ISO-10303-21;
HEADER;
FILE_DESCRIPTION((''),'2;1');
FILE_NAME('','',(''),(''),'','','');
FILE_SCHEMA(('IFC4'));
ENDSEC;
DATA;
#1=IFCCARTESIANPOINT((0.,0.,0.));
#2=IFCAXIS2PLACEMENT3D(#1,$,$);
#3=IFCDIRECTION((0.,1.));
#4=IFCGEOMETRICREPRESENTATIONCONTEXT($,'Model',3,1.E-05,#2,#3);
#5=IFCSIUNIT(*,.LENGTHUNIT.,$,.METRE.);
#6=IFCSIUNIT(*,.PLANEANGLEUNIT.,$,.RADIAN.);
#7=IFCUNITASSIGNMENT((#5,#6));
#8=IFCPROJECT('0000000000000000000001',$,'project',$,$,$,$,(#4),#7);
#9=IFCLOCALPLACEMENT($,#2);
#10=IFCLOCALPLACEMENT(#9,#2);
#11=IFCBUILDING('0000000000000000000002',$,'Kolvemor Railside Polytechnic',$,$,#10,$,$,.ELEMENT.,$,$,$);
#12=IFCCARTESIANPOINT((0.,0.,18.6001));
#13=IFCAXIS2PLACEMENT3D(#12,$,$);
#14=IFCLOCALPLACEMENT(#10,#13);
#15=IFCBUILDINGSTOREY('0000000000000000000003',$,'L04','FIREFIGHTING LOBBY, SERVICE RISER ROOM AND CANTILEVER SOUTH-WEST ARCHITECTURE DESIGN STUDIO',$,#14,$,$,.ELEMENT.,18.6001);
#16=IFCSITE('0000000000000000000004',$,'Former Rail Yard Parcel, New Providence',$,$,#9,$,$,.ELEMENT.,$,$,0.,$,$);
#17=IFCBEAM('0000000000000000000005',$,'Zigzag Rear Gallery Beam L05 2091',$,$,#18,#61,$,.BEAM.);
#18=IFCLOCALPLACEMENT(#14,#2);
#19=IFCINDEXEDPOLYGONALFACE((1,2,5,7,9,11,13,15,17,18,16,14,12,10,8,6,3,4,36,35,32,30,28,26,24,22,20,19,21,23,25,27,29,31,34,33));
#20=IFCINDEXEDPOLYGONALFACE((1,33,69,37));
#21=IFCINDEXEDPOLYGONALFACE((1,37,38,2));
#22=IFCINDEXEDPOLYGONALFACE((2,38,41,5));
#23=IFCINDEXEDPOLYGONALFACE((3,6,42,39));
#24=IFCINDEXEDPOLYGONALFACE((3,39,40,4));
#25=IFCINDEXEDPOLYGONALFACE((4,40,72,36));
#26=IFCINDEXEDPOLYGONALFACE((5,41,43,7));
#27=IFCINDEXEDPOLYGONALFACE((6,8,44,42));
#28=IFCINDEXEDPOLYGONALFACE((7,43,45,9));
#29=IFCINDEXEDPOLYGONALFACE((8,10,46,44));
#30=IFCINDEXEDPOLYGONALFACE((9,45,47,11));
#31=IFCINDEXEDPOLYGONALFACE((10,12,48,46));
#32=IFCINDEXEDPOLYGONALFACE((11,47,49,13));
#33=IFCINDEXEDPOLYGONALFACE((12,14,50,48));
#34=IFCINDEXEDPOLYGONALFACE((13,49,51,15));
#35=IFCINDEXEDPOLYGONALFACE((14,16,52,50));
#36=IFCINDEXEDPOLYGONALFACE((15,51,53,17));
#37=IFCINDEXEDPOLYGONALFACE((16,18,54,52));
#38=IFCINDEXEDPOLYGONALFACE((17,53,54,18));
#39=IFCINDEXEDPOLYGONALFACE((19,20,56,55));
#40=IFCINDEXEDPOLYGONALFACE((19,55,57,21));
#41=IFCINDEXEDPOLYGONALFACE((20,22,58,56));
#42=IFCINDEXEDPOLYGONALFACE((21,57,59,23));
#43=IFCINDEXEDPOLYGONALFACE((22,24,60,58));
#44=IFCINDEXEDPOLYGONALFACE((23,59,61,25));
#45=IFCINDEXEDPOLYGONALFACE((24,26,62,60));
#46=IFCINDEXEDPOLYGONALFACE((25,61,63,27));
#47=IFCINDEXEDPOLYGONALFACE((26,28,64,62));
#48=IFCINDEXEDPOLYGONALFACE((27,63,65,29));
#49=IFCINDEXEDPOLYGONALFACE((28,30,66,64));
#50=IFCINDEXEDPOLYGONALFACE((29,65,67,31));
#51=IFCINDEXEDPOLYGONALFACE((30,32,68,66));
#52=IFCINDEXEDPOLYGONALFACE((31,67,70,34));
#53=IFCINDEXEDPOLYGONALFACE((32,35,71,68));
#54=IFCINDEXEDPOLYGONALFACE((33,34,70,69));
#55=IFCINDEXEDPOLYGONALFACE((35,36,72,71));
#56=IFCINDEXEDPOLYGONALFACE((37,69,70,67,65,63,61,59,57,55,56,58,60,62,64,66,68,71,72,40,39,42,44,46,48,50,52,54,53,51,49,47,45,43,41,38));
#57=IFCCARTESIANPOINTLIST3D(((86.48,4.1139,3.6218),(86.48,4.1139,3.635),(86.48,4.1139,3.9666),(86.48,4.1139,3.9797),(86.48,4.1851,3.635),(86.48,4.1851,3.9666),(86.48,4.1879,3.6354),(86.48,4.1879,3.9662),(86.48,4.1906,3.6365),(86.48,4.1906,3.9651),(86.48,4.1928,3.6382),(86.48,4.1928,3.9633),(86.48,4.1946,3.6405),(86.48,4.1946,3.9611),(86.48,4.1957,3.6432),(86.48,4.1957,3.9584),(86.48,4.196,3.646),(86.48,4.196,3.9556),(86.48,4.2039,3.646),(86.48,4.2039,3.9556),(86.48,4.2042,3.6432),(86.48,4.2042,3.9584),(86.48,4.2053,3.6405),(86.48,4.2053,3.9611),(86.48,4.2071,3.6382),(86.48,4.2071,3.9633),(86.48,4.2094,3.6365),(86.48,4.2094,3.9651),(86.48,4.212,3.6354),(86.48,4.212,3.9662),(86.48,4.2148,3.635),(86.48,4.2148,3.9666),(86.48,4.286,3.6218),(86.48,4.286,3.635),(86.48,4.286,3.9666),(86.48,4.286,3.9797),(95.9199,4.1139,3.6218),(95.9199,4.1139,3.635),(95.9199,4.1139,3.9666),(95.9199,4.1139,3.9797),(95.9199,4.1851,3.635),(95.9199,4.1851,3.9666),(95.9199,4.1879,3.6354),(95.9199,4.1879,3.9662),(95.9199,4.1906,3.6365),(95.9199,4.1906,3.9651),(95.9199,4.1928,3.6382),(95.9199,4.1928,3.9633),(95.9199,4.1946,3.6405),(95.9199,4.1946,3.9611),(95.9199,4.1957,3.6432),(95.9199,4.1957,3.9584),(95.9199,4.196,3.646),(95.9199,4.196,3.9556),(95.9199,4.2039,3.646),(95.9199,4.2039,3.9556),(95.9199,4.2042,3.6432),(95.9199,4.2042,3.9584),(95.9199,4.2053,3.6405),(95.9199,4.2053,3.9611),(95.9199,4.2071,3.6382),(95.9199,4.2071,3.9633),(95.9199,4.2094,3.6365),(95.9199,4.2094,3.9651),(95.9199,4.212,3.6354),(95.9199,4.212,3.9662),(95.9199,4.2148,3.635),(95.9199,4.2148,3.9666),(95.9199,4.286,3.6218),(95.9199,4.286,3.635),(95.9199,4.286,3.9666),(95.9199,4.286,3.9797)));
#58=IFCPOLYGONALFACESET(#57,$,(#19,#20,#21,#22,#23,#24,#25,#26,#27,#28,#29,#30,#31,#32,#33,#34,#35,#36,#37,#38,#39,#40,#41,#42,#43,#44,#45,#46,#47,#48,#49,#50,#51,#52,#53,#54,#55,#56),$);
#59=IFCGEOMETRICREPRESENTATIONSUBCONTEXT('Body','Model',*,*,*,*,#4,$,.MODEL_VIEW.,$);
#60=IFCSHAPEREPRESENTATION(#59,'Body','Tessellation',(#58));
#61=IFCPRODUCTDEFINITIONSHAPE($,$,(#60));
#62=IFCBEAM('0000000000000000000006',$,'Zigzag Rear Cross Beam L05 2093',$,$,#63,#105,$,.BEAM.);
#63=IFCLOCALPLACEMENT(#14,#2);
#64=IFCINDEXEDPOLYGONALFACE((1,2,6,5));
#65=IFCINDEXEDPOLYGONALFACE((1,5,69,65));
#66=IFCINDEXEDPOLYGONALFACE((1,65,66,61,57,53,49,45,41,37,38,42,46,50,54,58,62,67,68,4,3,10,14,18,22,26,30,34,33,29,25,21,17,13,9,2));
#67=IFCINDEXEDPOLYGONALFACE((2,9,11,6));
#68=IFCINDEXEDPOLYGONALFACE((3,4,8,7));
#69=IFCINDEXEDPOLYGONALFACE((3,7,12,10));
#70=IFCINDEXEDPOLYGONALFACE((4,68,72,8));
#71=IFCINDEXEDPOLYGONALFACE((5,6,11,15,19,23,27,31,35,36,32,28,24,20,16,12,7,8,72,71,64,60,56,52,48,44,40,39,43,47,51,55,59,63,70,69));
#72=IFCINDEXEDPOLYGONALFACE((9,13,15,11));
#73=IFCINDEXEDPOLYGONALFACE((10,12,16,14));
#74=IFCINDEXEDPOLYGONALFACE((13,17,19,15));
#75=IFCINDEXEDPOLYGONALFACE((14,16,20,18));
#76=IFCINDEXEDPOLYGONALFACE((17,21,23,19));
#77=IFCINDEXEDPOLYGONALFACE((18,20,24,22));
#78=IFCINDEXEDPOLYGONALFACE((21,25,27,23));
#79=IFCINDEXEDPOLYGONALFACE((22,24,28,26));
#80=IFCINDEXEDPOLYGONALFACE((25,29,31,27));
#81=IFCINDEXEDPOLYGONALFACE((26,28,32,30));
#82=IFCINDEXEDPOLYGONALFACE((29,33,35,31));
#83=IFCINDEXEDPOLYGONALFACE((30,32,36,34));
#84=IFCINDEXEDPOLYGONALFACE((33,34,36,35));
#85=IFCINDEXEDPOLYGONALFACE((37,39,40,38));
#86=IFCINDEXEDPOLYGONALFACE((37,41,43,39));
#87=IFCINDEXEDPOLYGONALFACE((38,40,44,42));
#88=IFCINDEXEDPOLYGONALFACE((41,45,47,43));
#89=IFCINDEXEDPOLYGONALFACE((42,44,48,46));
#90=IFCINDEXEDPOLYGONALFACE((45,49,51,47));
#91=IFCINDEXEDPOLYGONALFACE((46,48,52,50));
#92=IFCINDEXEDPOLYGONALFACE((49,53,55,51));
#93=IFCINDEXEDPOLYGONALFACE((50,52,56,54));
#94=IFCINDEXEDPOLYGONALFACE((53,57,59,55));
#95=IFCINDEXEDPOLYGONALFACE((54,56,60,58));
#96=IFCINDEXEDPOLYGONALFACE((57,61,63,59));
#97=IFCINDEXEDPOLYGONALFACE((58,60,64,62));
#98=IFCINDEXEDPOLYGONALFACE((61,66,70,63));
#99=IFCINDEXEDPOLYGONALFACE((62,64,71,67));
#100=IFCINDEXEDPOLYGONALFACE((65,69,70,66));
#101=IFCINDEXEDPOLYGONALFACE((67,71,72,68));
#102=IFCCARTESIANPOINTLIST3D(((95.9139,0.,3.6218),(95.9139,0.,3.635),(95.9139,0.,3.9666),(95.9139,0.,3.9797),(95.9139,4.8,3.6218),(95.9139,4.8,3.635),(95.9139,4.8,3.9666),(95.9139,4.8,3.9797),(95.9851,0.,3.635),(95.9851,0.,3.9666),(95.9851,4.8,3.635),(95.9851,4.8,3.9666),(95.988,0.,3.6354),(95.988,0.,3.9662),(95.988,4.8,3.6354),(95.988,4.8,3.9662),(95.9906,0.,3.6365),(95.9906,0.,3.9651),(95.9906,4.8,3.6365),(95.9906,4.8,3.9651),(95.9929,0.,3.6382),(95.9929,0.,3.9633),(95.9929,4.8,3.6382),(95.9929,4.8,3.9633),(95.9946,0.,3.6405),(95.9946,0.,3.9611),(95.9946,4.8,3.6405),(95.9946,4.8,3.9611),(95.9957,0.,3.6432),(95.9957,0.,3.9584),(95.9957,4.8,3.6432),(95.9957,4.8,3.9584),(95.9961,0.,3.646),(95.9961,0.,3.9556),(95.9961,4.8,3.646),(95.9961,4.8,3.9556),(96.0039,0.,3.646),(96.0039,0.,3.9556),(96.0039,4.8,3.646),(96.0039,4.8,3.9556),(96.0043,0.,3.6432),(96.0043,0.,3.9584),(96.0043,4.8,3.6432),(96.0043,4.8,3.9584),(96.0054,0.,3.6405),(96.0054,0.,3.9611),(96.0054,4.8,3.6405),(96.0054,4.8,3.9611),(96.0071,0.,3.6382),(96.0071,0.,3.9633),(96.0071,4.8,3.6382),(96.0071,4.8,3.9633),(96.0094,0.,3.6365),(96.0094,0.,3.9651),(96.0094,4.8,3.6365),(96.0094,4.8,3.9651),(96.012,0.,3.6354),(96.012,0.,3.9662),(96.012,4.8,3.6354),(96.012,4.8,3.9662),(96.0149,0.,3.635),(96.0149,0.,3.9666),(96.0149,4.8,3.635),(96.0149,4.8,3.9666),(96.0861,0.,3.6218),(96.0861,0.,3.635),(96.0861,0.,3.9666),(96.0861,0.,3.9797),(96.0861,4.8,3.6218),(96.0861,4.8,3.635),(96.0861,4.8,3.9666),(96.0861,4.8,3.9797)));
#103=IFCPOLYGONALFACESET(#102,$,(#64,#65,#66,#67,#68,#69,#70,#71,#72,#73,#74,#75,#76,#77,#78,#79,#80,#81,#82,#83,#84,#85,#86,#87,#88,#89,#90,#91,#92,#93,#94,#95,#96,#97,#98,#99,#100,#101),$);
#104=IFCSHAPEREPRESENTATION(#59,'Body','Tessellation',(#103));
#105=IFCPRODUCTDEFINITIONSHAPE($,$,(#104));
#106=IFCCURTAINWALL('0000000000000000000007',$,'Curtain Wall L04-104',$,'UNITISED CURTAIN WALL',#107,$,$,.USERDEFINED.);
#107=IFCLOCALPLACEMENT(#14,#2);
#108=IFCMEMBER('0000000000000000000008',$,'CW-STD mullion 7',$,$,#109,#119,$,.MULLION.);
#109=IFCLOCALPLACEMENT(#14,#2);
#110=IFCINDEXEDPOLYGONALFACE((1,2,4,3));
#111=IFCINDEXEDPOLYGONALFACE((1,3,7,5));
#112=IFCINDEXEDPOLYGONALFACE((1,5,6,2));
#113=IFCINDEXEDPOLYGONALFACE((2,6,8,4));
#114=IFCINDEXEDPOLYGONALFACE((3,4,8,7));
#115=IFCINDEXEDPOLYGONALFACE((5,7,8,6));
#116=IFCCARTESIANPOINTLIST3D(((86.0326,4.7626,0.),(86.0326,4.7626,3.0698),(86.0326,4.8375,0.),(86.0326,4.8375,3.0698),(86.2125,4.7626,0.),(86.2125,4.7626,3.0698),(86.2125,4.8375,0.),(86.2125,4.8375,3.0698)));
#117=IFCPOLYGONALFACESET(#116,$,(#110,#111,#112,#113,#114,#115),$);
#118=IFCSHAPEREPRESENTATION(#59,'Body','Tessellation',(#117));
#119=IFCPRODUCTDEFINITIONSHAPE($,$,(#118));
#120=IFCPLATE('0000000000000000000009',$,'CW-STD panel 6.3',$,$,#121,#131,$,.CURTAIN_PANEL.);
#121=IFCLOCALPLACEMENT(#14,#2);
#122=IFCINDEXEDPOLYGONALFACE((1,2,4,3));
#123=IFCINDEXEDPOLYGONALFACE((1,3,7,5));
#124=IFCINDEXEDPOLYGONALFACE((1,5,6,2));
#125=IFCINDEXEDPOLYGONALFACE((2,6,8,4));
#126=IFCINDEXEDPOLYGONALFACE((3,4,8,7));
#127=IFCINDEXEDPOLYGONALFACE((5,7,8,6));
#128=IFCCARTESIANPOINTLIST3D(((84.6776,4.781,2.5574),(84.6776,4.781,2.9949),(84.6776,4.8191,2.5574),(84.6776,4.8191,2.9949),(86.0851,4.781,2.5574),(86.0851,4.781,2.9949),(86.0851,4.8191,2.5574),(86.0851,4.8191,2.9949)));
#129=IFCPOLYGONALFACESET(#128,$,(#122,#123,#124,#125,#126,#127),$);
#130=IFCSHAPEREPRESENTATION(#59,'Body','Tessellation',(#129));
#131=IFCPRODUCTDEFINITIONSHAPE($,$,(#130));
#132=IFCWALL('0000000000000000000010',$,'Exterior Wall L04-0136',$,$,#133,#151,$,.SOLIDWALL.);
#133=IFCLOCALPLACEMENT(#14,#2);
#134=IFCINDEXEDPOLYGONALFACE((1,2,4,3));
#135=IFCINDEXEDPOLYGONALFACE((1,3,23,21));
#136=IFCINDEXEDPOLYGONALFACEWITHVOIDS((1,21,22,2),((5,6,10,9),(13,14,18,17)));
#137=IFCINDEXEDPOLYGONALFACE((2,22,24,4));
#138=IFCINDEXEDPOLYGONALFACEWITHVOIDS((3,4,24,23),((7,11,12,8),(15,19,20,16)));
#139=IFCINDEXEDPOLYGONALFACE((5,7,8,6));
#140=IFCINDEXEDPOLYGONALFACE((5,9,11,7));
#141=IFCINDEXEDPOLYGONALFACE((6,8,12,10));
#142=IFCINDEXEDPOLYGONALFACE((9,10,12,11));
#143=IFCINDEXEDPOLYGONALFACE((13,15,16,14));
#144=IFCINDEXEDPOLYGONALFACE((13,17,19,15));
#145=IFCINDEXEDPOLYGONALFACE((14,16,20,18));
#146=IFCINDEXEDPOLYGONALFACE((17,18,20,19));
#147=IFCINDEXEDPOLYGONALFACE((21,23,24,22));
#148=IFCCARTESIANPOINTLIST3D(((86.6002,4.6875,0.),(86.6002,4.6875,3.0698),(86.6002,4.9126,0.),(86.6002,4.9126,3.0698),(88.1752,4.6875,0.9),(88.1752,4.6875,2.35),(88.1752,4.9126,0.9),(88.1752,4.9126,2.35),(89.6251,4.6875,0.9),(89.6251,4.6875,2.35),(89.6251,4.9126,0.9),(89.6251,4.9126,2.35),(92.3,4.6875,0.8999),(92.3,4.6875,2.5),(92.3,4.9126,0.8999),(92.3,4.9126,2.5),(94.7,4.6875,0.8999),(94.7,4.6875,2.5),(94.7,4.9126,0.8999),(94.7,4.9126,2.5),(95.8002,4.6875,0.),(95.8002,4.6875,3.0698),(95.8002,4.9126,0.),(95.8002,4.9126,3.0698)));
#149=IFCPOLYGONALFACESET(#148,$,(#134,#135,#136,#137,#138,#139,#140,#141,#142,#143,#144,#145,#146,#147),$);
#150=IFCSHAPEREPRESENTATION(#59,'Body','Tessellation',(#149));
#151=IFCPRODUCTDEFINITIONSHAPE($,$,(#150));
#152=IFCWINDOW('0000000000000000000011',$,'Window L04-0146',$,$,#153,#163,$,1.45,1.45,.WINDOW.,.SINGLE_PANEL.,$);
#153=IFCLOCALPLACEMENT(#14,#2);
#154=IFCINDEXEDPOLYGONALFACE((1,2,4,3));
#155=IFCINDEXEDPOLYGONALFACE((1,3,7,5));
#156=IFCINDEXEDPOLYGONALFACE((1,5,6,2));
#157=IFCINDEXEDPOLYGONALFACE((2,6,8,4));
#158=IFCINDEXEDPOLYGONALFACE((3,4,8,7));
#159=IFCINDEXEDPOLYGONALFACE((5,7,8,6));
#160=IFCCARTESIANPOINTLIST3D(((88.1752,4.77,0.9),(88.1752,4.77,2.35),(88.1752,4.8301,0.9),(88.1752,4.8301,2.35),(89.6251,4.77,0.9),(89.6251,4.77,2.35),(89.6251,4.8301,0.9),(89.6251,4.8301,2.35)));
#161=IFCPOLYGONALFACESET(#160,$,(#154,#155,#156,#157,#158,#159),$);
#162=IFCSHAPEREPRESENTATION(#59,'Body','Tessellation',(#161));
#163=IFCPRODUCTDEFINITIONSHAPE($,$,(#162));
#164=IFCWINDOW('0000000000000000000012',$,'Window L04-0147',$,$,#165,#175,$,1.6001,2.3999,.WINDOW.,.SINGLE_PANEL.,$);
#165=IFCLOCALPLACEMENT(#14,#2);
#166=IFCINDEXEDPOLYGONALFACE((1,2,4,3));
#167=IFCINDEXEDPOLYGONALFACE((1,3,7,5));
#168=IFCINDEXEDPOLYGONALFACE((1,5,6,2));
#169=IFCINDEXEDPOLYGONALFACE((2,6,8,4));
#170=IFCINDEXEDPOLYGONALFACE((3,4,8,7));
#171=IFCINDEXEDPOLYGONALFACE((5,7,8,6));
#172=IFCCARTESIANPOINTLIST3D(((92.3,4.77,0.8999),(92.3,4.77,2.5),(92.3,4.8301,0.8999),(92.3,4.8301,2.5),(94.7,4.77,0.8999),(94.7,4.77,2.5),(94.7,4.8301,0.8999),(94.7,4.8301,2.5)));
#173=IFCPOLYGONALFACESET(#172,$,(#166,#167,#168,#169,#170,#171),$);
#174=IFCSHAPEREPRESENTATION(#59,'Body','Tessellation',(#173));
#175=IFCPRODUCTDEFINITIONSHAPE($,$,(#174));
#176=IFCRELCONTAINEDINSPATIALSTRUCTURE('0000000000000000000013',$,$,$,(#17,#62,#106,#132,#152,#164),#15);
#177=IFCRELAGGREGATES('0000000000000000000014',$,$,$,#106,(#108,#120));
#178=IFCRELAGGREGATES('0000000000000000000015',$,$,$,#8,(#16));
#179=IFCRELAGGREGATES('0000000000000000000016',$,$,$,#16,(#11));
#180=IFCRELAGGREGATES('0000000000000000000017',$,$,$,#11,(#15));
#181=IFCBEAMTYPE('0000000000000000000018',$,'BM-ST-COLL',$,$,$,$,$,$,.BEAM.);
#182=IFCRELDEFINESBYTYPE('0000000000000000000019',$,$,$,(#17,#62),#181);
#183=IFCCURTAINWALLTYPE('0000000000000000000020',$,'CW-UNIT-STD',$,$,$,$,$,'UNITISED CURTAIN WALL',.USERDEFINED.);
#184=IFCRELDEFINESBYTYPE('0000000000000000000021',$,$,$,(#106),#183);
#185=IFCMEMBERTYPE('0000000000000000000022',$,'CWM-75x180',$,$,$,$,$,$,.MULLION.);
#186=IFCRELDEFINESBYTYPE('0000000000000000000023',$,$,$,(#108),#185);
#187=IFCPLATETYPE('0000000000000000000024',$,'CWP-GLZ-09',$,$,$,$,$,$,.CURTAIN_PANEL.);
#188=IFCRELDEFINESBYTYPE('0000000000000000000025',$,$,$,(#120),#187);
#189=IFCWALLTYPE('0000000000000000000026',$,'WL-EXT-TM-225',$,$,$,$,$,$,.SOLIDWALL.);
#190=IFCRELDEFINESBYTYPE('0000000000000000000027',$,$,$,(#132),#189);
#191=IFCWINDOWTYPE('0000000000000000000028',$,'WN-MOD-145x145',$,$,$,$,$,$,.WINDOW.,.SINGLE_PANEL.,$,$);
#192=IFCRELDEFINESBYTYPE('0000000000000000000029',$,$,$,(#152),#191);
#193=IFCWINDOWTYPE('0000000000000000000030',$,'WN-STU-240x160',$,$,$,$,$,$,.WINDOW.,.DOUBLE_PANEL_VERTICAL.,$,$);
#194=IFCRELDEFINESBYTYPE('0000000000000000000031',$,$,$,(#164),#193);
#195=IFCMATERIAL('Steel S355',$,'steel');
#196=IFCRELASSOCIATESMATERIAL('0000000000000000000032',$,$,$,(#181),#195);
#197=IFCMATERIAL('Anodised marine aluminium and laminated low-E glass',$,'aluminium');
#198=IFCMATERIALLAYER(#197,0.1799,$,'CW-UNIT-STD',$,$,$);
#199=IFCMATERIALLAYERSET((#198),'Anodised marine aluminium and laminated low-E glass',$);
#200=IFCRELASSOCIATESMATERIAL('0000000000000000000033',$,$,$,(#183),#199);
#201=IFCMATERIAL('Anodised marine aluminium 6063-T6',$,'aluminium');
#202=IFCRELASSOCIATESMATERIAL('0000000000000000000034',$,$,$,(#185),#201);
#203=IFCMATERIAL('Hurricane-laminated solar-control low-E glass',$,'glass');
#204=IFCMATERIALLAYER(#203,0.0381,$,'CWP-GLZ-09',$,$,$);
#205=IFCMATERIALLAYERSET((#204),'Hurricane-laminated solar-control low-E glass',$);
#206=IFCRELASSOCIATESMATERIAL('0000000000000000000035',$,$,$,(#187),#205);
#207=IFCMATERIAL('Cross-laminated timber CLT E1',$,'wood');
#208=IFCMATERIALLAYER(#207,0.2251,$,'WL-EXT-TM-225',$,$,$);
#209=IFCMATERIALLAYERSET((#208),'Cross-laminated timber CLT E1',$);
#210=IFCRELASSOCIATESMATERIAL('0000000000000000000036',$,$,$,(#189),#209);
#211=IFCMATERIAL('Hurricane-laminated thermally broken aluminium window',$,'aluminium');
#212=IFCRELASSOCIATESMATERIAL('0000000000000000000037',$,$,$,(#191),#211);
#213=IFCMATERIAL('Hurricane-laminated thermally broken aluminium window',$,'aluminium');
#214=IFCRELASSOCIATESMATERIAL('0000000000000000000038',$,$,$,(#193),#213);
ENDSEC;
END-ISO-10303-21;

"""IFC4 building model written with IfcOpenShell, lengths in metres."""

from ifc_helpers import new_model, si_unit, direction, frame, frame_2d, origin, origin_2d, place, context, subcontext, project, spatial, rectangle, i_section, extrude, material, layer, layer_set, material_profile, profile_set, type_object, element, fill, aggregate, save


model = new_model("IFC4")

# Units and contexts
model_context = context("Model", 3, precision=1e-05, world=origin(), true_north=direction((0.0, 1.0)))
body_context = subcontext(model_context, "Body", "Model", "MODEL_VIEW")
ifc_project = project(units=[si_unit("LENGTHUNIT", "METRE"), si_unit("PLANEANGLEUNIT", "RADIAN")], contexts=[model_context])

# Site, building, storey
site_placement = place(None, origin())
site = spatial("IfcSite", under=ifc_project, at=site_placement, Name="Former Rail Yard Parcel, New Providence", CompositionType="ELEMENT", RefElevation=0.0)
building_placement = place(site_placement, origin())
building = spatial("IfcBuilding", under=site, at=building_placement, Name="Kolvemor Railside Polytechnic", CompositionType="ELEMENT")
storey_placement = place(building_placement, frame((0.0, 0.0, 18.6001)))
storey = spatial("IfcBuildingStorey", under=building, at=storey_placement, Name="L04", Description="FIREFIGHTING LOBBY, SERVICE RISER ROOM AND CANTILEVER SOUTH-WEST ARCHITECTURE DESIGN STUDIO", CompositionType="ELEMENT", Elevation=18.6001)

# Beams
ifc_material_1 = material(Name="Steel S355", Category="steel")
ifc_material_profile_1 = material_profile(ifc_material_1, i_section(OverallWidth=0.1721, OverallDepth=0.3579, WebThickness=0.0078, FlangeThickness=0.0132, FilletRadius=0.011, at=origin_2d()), Name="W360x57")
ifc_profile_set_1 = profile_set([ifc_material_profile_1], Name="Steel S355")
beam_type_1 = type_object("IfcBeamType", Name="BM-ST-COLL", PredefinedType="BEAM", material=ifc_profile_set_1)
beam_1_placement = place(storey_placement, frame((86.48, 4.2, 3.8008), z_axis=(1.0, 0.0, 0.0), x_axis=(0.0, 1.0, 0.0)))
element("IfcBeam", 1, at=beam_1_placement, inside=storey, type_object=beam_type_1, Name="Zigzag Rear Gallery Beam L05 2091", PredefinedType="BEAM", context=body_context, shape_type="SweptSolid", body=[
    extrude(i_section(OverallWidth=0.1721, OverallDepth=0.3579, WebThickness=0.0078, FlangeThickness=0.0132, FilletRadius=0.011, at=origin_2d()), origin(), (0.0, 0.0, 1.0), 9.4399),
])
beam_2_placement = place(storey_placement, frame((96.0, 0.0, 3.8008), z_axis=(0.0, 1.0, 0.0), x_axis=(-1.0, 0.0, 0.0)))
element("IfcBeam", 2, at=beam_2_placement, inside=storey, type_object=beam_type_1, Name="Zigzag Rear Cross Beam L05 2093", PredefinedType="BEAM", context=body_context, shape_type="SweptSolid", body=[
    extrude(i_section(OverallWidth=0.1721, OverallDepth=0.3579, WebThickness=0.0078, FlangeThickness=0.0132, FilletRadius=0.011, at=origin_2d()), origin(), (0.0, 0.0, 1.0), 4.8),
])

# Curtain wall, member, plate
ifc_material_2 = material(Name="Anodised marine aluminium and laminated low-E glass", Category="aluminium")
ifc_layer_1 = layer(ifc_material_2, 0.1799, Name="CW-UNIT-STD")
ifc_layer_set_1 = layer_set([ifc_layer_1], Name="Anodised marine aluminium and laminated low-E glass")
curtain_wall_type = type_object("IfcCurtainWallType", Name="CW-UNIT-STD", ElementType="UNITISED CURTAIN WALL", PredefinedType="USERDEFINED", material=ifc_layer_set_1)
curtain_wall_placement = place(storey_placement, origin())
curtain_wall = element("IfcCurtainWall", 3, at=curtain_wall_placement, inside=storey, type_object=curtain_wall_type, Name="Curtain Wall L04-104", ObjectType="UNITISED CURTAIN WALL", PredefinedType="USERDEFINED")
ifc_material_3 = material(Name="Anodised marine aluminium 6063-T6", Category="aluminium")
ifc_material_profile_2 = material_profile(ifc_material_3, rectangle(XDim=0.075, YDim=0.1799, at=origin_2d()), Name="CW-MUL-75x180")
ifc_profile_set_2 = profile_set([ifc_material_profile_2], Name="Anodised marine aluminium 6063-T6")
member_type = type_object("IfcMemberType", Name="CWM-75x180", PredefinedType="MULLION", material=ifc_profile_set_2)
member_placement = place(storey_placement, frame((86.1226, 4.8, 0.0), z_axis=(0.0, 0.0, 1.0), x_axis=(0.0, 1.0, 0.0)))
member = element("IfcMember", 4, at=member_placement, type_object=member_type, Name="CW-STD mullion 7", PredefinedType="MULLION", context=body_context, shape_type="SweptSolid", body=[
    extrude(rectangle(XDim=0.075, YDim=0.1799, at=origin_2d()), origin(), (0.0, 0.0, 1.0), 3.0698),
])
ifc_material_4 = material(Name="Hurricane-laminated solar-control low-E glass", Category="glass")
ifc_layer_2 = layer(ifc_material_4, 0.0381, Name="CWP-GLZ-09")
ifc_layer_set_2 = layer_set([ifc_layer_2], Name="Hurricane-laminated solar-control low-E glass")
plate_type = type_object("IfcPlateType", Name="CWP-GLZ-09", PredefinedType="CURTAIN_PANEL", material=ifc_layer_set_2)
plate_placement = place(storey_placement, frame((85.3813, 4.8, 2.5574), z_axis=(0.0, 0.0, 1.0), x_axis=(1.0, 0.0, 0.0)))
plate = element("IfcPlate", 5, at=plate_placement, type_object=plate_type, Name="CW-STD panel 6.3", PredefinedType="CURTAIN_PANEL", context=body_context, shape_type="SweptSolid", body=[
    extrude(rectangle(XDim=1.4075, YDim=0.0381, at=origin_2d()), origin(), (0.0, 0.0, 1.0), 0.4375),
])
aggregate(curtain_wall, [member, plate])

# Wall, openings, windows
ifc_material_5 = material(Name="Cross-laminated timber CLT E1", Category="wood")
ifc_layer_3 = layer(ifc_material_5, 0.2251, Name="WL-EXT-TM-225")
ifc_layer_set_3 = layer_set([ifc_layer_3], Name="Cross-laminated timber CLT E1")
wall_type_1 = type_object("IfcWallType", Name="WL-EXT-TM-225", PredefinedType="SOLIDWALL", material=ifc_layer_set_3)
wall_1_placement = place(storey_placement, frame((86.6001, 4.8, 0.0), z_axis=(0.0, 0.0, 1.0), x_axis=(1.0, 0.0, 0.0)))
wall_1 = element("IfcWall", 6, at=wall_1_placement, inside=storey, type_object=wall_type_1, Name="Exterior Wall L04-0136", PredefinedType="SOLIDWALL", context=body_context, shape_type="SweptSolid", body=[
    extrude(rectangle(XDim=9.2, YDim=0.2251, at=frame_2d((4.6001, 0.0))), origin(), (0.0, 0.0, 1.0), 3.0698),
])
opening_1_placement = place(wall_1_placement, frame((1.575, 0.0, 0.8999)))
opening_1 = element("IfcOpeningElement", 7, at=opening_1_placement, cuts=wall_1, PredefinedType="OPENING", context=body_context, shape_type="SweptSolid", body=[
    extrude(rectangle(XDim=1.45, YDim=1.45, at=frame_2d((0.7251, 0.7251))), frame((0.0, 0.1226, 0.0), z_axis=(0.0, -1.0, 0.0), x_axis=(1.0, 0.0, 0.0)), (0.0, 0.0, 1.0), 0.2451),
])
opening_2_placement = place(wall_1_placement, frame((5.7, 0.0, 0.8999)))
opening_2 = element("IfcOpeningElement", 8, at=opening_2_placement, cuts=wall_1, PredefinedType="OPENING", context=body_context, shape_type="SweptSolid", body=[
    extrude(rectangle(XDim=2.3999, YDim=1.6001, at=frame_2d((1.2, 0.8))), frame((0.0, 0.1226, 0.0), z_axis=(0.0, -1.0, 0.0), x_axis=(1.0, 0.0, 0.0)), (0.0, 0.0, 1.0), 0.2451),
])
ifc_material_6 = material(Name="Hurricane-laminated thermally broken aluminium window", Category="aluminium")
window_type_1 = type_object("IfcWindowType", Name="WN-MOD-145x145", PartitioningType="SINGLE_PANEL", PredefinedType="WINDOW", material=ifc_material_6)
window_1_placement = place(opening_1_placement, origin())
window_1 = element("IfcWindow", 9, at=window_1_placement, inside=storey, type_object=window_type_1, Name="Window L04-0146", OverallHeight=1.45, OverallWidth=1.45, PartitioningType="SINGLE_PANEL", PredefinedType="WINDOW", context=body_context, shape_type="SweptSolid", body=[
    extrude(rectangle(XDim=1.45, YDim=1.45, at=frame_2d((0.7251, 0.7251))), frame((0.0, 0.03, 0.0), z_axis=(0.0, -1.0, 0.0), x_axis=(1.0, 0.0, 0.0)), (0.0, 0.0, 1.0), 0.0601),
])
fill(opening_1, window_1)
ifc_material_7 = material(Name="Hurricane-laminated thermally broken aluminium window", Category="aluminium")
window_type_2 = type_object("IfcWindowType", Name="WN-STU-240x160", PartitioningType="DOUBLE_PANEL_VERTICAL", PredefinedType="WINDOW", material=ifc_material_7)
window_2_placement = place(opening_2_placement, origin())
window_2 = element("IfcWindow", 10, at=window_2_placement, inside=storey, type_object=window_type_2, Name="Window L04-0147", OverallHeight=1.6001, OverallWidth=2.3999, PartitioningType="SINGLE_PANEL", PredefinedType="WINDOW", context=body_context, shape_type="SweptSolid", body=[
    extrude(rectangle(XDim=2.3999, YDim=1.6001, at=frame_2d((1.2, 0.8))), frame((0.0, 0.03, 0.0), z_axis=(0.0, -1.0, 0.0), x_axis=(1.0, 0.0, 0.0)), (0.0, 0.0, 1.0), 0.0601),
])
fill(opening_2, window_2)

save(model, "model.ifc")
